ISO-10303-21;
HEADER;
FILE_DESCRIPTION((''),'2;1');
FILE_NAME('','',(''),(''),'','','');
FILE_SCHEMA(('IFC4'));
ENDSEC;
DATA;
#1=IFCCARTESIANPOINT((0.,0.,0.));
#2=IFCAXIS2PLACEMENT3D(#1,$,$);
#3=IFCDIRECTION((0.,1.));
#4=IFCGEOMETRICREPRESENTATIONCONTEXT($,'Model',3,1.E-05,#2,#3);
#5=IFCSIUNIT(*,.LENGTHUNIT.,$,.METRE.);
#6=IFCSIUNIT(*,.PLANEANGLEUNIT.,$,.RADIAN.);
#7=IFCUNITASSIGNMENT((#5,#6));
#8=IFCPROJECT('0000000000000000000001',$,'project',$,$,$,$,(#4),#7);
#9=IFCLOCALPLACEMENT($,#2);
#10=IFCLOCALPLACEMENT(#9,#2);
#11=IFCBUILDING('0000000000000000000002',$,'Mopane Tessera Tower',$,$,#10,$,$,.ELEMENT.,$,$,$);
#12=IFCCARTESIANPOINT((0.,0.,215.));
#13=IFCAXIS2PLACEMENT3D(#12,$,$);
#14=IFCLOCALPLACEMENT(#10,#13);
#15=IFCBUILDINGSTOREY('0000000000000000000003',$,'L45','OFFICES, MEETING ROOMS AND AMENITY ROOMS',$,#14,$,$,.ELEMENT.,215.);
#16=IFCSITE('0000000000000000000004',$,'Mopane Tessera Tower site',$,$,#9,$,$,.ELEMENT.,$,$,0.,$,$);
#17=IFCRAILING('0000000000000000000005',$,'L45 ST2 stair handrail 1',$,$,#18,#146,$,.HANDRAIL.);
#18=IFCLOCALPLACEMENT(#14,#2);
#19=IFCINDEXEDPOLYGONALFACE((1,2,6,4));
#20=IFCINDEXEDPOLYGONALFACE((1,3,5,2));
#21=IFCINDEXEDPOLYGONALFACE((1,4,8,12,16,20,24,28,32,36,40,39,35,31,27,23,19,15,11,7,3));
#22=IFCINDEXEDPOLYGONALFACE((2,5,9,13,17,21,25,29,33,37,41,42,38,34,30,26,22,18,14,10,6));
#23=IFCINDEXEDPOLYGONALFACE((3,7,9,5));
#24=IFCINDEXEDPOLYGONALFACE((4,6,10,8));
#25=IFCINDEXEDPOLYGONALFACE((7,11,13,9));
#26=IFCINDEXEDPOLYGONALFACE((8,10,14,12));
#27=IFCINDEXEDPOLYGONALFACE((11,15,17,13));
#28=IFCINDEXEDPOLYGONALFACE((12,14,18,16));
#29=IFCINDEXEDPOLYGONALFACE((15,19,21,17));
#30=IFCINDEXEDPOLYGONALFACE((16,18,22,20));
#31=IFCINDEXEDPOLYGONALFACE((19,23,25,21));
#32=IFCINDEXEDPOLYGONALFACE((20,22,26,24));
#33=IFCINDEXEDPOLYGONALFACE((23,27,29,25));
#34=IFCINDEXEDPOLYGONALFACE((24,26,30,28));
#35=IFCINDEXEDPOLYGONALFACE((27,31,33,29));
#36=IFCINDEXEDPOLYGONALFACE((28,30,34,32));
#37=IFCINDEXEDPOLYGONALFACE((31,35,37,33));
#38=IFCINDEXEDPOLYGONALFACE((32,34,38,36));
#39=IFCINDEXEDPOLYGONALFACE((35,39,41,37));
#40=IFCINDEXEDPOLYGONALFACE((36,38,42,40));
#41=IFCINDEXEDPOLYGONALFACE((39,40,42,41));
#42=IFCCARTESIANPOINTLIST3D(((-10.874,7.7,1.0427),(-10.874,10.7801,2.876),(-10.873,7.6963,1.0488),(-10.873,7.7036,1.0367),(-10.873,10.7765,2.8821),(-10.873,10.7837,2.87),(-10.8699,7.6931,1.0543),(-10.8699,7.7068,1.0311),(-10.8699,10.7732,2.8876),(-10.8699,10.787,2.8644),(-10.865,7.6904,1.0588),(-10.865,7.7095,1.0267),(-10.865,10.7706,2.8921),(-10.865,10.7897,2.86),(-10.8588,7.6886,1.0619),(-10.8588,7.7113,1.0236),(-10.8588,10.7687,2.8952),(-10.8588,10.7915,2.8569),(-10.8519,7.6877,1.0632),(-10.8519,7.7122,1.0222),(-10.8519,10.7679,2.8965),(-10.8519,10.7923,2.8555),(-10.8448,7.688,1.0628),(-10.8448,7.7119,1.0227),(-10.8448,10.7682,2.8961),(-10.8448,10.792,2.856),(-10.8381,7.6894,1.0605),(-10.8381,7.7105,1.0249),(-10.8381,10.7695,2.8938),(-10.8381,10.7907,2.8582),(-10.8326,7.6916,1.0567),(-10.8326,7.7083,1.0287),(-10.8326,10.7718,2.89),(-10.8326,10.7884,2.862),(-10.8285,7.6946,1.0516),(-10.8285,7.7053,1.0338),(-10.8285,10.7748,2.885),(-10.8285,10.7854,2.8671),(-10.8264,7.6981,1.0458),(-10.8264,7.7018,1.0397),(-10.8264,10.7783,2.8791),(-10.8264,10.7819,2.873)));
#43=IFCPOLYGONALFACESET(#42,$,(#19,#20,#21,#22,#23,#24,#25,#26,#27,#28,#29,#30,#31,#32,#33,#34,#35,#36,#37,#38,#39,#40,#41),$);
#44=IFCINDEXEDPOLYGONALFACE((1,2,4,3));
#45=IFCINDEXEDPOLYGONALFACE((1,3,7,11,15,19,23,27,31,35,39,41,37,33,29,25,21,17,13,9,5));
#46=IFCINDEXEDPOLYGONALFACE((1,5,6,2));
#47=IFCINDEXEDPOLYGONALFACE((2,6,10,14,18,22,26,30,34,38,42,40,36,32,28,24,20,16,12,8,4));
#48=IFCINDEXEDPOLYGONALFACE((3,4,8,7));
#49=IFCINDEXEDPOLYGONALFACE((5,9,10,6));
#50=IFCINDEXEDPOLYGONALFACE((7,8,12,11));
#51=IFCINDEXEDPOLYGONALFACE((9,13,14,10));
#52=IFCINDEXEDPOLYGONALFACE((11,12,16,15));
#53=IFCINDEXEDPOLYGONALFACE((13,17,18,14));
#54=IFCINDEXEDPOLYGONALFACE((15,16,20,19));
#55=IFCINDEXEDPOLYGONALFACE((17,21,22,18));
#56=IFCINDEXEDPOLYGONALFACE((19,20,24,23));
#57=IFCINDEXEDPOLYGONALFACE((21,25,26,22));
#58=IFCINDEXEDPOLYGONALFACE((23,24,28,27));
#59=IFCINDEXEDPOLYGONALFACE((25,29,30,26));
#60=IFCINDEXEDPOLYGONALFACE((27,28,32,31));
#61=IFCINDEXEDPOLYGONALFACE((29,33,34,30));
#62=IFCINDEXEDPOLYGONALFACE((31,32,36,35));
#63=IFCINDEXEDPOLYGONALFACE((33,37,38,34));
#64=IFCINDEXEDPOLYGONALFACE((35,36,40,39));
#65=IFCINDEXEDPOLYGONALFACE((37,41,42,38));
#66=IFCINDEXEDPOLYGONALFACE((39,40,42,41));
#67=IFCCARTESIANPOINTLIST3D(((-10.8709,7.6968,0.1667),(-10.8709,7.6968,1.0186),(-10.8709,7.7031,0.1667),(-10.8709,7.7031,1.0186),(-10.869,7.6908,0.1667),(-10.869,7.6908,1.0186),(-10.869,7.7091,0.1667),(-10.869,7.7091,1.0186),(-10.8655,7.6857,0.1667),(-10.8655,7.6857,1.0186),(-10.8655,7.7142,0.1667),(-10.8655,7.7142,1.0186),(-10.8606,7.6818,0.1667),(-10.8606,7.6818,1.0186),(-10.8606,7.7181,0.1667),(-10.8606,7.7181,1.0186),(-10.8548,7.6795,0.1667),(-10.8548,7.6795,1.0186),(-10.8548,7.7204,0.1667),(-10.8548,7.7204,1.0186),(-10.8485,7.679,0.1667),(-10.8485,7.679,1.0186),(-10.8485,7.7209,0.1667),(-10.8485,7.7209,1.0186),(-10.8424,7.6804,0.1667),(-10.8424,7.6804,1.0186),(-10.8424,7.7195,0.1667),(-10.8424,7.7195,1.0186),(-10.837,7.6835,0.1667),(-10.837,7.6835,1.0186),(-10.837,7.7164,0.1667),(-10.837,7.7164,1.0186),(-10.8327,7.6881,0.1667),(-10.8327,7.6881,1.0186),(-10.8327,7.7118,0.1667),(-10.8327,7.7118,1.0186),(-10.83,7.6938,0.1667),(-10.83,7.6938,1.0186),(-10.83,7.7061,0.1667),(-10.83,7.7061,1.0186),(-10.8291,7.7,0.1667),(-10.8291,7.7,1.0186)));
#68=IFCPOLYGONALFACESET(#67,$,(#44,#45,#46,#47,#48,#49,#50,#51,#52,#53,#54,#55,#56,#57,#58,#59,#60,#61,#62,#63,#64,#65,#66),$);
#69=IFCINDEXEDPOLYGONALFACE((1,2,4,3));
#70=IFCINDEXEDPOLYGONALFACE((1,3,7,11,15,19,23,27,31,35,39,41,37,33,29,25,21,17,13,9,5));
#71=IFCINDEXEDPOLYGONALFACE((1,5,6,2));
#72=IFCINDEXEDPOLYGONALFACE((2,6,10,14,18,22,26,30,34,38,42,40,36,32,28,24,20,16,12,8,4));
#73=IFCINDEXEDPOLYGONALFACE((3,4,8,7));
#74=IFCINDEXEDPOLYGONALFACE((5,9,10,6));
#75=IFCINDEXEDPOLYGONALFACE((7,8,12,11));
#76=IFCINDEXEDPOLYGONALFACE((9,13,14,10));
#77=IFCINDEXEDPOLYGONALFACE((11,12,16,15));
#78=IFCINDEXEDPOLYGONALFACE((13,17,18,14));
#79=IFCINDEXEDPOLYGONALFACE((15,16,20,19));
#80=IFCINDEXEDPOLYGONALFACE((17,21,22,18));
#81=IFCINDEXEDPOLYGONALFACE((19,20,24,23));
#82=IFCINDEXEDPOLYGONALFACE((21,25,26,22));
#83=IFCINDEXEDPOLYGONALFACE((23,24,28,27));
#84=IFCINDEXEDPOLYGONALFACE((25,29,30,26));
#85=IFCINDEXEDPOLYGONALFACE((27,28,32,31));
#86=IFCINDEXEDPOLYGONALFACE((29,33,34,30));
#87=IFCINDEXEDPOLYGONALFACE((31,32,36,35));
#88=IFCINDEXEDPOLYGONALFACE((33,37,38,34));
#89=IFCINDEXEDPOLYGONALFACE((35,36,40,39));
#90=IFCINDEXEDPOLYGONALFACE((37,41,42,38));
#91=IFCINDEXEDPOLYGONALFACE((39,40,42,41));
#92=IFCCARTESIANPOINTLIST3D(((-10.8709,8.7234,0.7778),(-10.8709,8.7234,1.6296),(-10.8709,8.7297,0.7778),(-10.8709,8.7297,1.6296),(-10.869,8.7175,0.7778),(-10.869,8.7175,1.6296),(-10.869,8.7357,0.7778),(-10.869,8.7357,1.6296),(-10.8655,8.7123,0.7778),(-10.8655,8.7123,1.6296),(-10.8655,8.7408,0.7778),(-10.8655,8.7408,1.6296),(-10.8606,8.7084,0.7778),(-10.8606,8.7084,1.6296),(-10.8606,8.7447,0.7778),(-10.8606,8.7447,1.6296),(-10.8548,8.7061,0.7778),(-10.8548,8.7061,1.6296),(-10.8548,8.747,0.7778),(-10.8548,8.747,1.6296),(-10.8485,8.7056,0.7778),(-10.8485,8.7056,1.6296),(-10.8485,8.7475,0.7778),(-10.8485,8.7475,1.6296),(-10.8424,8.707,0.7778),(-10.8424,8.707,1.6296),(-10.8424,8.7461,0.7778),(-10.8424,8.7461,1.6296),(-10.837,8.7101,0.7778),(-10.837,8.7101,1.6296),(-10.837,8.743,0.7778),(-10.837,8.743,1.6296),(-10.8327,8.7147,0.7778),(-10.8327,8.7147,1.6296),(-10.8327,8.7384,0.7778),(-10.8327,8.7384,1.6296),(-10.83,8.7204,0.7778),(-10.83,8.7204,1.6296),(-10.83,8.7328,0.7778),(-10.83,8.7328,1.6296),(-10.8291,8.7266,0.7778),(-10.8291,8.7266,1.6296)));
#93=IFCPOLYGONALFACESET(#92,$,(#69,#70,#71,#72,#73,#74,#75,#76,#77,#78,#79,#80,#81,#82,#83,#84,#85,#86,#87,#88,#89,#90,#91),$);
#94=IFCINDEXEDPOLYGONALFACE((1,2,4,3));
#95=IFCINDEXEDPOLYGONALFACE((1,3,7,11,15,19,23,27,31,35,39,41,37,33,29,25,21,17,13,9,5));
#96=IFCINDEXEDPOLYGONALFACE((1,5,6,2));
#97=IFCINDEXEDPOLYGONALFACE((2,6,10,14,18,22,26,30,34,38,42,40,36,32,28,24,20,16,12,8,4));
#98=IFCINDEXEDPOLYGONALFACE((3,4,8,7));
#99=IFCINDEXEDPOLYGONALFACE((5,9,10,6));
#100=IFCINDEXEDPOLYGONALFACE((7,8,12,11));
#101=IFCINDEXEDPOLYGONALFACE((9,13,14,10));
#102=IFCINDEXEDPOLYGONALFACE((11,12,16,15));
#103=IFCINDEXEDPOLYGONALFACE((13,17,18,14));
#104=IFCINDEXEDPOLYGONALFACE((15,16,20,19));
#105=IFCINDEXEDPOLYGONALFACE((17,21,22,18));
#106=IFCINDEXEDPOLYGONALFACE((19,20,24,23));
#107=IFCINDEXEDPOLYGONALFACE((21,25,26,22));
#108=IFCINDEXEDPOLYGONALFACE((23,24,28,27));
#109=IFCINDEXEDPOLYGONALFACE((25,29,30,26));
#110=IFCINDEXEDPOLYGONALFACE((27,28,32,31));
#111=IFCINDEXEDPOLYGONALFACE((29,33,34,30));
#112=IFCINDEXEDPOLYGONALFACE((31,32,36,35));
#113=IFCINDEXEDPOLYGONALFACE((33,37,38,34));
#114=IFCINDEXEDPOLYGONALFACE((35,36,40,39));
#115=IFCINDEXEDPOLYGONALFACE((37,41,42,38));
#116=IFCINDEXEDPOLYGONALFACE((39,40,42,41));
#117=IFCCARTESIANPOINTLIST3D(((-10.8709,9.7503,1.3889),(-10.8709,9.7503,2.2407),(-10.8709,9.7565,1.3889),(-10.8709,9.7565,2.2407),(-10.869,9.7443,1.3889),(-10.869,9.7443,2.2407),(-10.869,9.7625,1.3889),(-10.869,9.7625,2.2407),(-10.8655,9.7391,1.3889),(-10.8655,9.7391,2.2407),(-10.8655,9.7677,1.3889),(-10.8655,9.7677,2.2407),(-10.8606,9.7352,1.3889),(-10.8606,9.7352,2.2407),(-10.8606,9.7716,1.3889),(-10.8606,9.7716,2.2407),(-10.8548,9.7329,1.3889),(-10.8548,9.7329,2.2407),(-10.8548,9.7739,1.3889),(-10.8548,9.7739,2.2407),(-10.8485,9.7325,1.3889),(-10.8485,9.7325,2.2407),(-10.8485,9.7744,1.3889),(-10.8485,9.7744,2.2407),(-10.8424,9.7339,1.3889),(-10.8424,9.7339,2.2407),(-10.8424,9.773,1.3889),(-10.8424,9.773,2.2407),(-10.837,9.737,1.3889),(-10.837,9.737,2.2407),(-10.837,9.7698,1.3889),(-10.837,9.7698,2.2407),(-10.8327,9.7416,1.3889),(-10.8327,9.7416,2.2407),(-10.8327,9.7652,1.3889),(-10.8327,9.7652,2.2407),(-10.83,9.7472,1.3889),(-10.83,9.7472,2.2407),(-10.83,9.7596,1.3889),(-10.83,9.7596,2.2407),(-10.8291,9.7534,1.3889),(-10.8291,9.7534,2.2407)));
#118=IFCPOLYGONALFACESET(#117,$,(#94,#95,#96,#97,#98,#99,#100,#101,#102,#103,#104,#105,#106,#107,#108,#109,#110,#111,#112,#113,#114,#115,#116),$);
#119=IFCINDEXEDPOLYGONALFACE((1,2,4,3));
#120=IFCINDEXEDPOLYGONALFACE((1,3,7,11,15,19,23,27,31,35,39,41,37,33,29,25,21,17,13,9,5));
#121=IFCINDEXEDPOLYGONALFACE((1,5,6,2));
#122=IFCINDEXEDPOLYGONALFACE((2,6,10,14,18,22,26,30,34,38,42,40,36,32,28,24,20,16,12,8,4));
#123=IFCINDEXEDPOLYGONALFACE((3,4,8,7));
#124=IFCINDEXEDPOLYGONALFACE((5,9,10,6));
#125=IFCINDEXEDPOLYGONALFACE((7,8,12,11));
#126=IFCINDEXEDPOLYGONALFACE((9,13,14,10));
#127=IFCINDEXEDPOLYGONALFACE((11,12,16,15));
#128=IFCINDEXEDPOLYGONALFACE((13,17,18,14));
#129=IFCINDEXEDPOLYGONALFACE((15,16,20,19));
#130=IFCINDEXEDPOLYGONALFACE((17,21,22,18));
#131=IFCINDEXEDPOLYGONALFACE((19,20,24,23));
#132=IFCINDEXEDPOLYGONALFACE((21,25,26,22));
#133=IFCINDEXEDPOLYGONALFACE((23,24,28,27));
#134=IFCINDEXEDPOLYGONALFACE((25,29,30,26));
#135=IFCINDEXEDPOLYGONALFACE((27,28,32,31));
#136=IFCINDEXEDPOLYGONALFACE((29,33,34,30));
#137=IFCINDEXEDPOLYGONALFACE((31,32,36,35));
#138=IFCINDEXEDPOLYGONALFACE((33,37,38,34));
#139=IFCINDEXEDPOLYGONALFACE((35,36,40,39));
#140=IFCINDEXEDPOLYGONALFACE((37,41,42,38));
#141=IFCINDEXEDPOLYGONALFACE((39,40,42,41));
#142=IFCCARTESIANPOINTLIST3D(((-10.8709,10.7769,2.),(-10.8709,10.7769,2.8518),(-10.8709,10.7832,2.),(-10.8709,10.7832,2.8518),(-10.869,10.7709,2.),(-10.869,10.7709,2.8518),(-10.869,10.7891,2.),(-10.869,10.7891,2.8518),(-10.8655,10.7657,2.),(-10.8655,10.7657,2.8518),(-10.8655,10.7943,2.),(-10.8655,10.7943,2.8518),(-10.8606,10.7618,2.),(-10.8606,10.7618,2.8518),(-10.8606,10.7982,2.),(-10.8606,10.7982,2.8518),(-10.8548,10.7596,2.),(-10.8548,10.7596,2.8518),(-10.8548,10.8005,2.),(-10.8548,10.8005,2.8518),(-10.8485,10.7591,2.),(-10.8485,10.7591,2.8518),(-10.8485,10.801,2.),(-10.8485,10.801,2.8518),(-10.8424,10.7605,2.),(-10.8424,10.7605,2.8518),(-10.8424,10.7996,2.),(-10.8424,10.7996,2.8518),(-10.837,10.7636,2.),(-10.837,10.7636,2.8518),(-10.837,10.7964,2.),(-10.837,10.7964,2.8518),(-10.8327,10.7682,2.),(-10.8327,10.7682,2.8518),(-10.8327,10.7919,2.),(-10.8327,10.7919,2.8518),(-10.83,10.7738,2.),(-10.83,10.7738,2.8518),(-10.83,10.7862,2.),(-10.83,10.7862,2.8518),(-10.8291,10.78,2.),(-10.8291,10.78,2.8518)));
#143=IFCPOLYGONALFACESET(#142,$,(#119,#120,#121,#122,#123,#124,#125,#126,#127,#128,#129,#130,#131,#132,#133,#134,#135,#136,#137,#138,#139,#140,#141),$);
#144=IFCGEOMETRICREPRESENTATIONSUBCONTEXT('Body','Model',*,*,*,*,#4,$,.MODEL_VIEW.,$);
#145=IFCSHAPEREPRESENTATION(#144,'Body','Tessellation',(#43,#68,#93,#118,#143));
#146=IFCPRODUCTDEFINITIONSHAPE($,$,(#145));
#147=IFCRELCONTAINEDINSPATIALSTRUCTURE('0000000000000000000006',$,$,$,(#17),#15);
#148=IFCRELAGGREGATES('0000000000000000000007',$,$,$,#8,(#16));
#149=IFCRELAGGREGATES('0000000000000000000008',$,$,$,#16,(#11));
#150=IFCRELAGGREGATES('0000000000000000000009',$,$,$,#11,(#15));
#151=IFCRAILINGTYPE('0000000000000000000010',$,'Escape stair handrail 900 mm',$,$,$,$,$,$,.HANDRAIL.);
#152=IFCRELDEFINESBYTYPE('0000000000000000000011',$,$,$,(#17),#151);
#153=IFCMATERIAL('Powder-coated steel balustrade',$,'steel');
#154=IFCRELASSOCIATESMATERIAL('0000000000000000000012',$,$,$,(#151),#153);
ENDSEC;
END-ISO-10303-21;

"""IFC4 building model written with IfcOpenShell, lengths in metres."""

from ifc_helpers import new_model, si_unit, direction, frame, origin, origin_2d, place, context, subcontext, project, spatial, circle, extrude, material, type_object, element, save


model = new_model("IFC4")

# Units and contexts
model_context = context("Model", 3, precision=1e-05, world=origin(), true_north=direction((0.0, 1.0)))
body_context = subcontext(model_context, "Body", "Model", "MODEL_VIEW")
ifc_project = project(units=[si_unit("LENGTHUNIT", "METRE"), si_unit("PLANEANGLEUNIT", "RADIAN")], contexts=[model_context])

# Site, building, storey
site_placement = place(None, origin())
site = spatial("IfcSite", under=ifc_project, at=site_placement, Name="Mopane Tessera Tower site", CompositionType="ELEMENT", RefElevation=0.0)
building_placement = place(site_placement, origin())
building = spatial("IfcBuilding", under=site, at=building_placement, Name="Mopane Tessera Tower", CompositionType="ELEMENT")
storey_placement = place(building_placement, frame((0.0, 0.0, 215.0)))
storey = spatial("IfcBuildingStorey", under=building, at=storey_placement, Name="L45", Description="OFFICES, MEETING ROOMS AND AMENITY ROOMS", CompositionType="ELEMENT", Elevation=215.0)

# Railing
ifc_material_1 = material(Name="Powder-coated steel balustrade", Category="steel")
railing_type_1 = type_object("IfcRailingType", Name="Escape stair handrail 900 mm", PredefinedType="HANDRAIL", material=ifc_material_1)
railing_1_placement = place(storey_placement, frame((-10.8501, 7.7, 0.1667)))
element("IfcRailing", 1, at=railing_1_placement, inside=storey, type_object=railing_type_1, Name="L45 ST2 stair handrail 1", PredefinedType="HANDRAIL", context=body_context, shape_type="SweptSolid", body=[
    extrude(circle(Radius=0.0239, at=origin_2d()), frame((0.0, 0.0, 0.876), z_axis=(0.0, 0.859309, 0.511458), x_axis=(-1.0, 0.0, 0.0)), (0.0, 0.0, 1.0), 3.5845),
    extrude(circle(Radius=0.021, at=origin_2d()), origin(), (0.0, 0.0, 1.0), 0.8518),
    extrude(circle(Radius=0.021, at=origin_2d()), frame((0.0, 1.0266, 0.6111)), (0.0, 0.0, 1.0), 0.8518),
    extrude(circle(Radius=0.021, at=origin_2d()), frame((0.0, 2.0535, 1.2222)), (0.0, 0.0, 1.0), 0.8518),
    extrude(circle(Radius=0.021, at=origin_2d()), frame((0.0, 3.0801, 1.8333)), (0.0, 0.0, 1.0), 0.8518),
])

save(model, "model.ifc")
